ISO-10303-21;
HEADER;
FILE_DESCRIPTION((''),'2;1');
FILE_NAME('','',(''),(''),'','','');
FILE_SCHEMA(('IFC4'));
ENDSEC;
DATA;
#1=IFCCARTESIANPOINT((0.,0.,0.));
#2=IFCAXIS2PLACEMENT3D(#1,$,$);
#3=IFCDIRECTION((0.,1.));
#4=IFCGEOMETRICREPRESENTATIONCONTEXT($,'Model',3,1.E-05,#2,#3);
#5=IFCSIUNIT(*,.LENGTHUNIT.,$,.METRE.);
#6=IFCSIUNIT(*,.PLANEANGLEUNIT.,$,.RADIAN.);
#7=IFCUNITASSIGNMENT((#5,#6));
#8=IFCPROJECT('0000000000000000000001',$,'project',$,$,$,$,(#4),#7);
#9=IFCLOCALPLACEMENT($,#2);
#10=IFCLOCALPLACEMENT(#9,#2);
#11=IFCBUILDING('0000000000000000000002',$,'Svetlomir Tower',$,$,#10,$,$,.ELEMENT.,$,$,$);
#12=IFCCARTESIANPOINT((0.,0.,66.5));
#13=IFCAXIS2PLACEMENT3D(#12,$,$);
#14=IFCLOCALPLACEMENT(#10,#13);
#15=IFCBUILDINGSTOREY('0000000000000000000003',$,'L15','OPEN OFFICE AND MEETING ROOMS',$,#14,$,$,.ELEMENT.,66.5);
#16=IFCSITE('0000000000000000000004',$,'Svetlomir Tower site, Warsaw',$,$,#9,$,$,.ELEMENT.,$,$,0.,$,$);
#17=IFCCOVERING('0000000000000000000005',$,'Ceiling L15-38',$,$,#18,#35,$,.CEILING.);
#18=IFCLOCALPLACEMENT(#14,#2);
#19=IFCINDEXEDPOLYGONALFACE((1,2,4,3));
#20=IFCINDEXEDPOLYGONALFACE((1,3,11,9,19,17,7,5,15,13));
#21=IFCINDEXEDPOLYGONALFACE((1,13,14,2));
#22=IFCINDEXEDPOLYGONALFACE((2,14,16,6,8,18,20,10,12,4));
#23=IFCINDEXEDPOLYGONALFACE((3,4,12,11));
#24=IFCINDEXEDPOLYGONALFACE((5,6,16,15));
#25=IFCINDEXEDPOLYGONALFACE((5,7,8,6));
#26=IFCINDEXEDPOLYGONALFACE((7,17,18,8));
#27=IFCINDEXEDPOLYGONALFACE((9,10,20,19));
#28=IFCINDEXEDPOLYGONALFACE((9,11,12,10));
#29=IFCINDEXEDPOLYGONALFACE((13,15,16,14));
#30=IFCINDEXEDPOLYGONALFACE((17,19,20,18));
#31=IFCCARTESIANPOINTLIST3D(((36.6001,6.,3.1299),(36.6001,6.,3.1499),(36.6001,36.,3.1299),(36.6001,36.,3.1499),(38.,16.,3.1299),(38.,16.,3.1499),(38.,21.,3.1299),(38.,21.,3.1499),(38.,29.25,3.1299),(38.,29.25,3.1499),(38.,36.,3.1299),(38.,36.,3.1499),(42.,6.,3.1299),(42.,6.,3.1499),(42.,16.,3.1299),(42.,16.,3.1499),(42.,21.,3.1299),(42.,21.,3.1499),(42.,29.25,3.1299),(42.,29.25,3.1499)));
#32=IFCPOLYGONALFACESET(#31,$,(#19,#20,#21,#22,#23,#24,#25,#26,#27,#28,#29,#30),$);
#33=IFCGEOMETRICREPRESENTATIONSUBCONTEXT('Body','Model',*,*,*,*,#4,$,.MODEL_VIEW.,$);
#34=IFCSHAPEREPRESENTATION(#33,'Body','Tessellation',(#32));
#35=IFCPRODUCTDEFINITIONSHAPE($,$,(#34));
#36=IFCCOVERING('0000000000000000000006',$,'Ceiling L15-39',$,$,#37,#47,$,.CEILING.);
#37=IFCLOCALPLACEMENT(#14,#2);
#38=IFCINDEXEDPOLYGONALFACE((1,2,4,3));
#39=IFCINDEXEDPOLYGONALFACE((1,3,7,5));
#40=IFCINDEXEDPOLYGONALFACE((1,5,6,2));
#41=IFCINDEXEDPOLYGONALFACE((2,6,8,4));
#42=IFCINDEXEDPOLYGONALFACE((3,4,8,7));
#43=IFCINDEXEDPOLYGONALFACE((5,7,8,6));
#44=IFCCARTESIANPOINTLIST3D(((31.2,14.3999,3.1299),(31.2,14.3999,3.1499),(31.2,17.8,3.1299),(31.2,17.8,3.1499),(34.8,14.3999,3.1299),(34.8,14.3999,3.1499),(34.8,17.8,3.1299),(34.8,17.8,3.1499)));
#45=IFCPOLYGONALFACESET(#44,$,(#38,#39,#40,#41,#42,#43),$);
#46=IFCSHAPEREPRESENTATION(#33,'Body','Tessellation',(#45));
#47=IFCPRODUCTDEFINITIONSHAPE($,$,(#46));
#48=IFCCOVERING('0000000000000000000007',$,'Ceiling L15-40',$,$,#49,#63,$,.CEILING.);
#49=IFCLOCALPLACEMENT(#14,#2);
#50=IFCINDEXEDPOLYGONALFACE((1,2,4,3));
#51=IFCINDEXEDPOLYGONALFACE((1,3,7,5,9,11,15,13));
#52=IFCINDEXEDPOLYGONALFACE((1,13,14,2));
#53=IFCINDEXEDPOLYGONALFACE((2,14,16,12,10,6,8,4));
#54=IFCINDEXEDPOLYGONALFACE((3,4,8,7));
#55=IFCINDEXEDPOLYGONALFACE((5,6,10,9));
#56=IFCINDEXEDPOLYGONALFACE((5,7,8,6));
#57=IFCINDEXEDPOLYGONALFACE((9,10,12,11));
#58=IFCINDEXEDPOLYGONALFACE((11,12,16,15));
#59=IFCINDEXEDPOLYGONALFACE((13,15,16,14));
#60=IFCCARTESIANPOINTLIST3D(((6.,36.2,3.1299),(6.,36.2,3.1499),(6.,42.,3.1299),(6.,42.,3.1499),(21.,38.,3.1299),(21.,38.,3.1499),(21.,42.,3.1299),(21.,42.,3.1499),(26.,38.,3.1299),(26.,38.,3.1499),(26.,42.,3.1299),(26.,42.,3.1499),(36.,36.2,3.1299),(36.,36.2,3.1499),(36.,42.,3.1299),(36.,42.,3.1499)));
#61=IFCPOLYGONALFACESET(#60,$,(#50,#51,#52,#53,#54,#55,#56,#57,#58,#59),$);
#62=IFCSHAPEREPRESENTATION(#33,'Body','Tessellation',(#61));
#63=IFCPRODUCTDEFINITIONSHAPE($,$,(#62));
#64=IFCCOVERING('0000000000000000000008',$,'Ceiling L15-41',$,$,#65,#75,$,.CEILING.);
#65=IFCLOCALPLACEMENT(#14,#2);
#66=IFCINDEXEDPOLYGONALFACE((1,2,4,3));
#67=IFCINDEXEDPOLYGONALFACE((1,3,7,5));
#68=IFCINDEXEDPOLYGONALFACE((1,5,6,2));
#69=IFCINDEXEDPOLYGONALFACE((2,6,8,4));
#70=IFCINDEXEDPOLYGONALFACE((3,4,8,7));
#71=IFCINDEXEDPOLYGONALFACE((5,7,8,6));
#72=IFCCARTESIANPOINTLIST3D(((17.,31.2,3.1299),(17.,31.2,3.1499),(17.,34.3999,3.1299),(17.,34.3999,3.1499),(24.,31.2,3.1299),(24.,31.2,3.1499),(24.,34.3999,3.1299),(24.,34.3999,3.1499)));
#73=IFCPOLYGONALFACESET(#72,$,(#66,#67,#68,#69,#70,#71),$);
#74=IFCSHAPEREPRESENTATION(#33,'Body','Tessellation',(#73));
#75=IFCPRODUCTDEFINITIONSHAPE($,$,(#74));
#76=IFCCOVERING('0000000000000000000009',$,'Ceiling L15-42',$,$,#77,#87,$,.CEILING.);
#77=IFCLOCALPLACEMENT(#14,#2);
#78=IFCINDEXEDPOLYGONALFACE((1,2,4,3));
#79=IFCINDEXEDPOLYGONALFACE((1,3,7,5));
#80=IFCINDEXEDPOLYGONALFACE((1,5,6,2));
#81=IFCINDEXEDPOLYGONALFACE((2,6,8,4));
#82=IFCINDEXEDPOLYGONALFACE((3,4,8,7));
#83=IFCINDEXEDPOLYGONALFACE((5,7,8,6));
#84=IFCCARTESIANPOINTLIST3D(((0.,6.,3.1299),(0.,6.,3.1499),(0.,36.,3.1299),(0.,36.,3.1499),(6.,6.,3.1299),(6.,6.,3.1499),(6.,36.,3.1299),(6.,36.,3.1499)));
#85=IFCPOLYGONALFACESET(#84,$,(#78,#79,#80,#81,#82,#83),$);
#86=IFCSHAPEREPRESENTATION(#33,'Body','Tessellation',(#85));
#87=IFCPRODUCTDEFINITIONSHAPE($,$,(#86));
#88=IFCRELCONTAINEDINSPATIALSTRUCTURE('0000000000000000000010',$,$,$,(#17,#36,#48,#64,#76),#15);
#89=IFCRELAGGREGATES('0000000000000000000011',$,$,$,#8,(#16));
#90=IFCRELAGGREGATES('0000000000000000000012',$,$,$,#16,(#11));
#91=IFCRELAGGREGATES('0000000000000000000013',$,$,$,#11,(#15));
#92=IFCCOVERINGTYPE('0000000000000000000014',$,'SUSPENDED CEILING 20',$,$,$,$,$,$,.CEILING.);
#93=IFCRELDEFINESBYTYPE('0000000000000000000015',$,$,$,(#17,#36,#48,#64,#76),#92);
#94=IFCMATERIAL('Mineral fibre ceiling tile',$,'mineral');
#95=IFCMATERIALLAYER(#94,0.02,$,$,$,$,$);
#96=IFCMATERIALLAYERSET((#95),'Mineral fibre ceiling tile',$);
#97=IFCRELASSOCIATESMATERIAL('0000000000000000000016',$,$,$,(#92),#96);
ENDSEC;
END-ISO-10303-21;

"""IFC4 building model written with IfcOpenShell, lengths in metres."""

from ifc_helpers import new_model, si_unit, direction, frame, origin, place, context, subcontext, project, spatial, polyline, outline, extrude, material, layer, layer_set, type_object, element, save


model = new_model("IFC4")

# Units and contexts
model_context = context("Model", 3, precision=1e-05, world=origin(), true_north=direction((0.0, 1.0)))
body_context = subcontext(model_context, "Body", "Model", "MODEL_VIEW")
ifc_project = project(units=[si_unit("LENGTHUNIT", "METRE"), si_unit("PLANEANGLEUNIT", "RADIAN")], contexts=[model_context])

# Site, building, storey
site_placement = place(None, origin())
site = spatial("IfcSite", under=ifc_project, at=site_placement, Name="Svetlomir Tower site, Warsaw", CompositionType="ELEMENT", RefElevation=0.0)
building_placement = place(site_placement, origin())
building = spatial("IfcBuilding", under=site, at=building_placement, Name="Svetlomir Tower", CompositionType="ELEMENT")
storey_placement = place(building_placement, frame((0.0, 0.0, 66.5)))
storey = spatial("IfcBuildingStorey", under=building, at=storey_placement, Name="L15", Description="OPEN OFFICE AND MEETING ROOMS", CompositionType="ELEMENT", Elevation=66.5)

# Coverings
ifc_material_1 = material(Name="Mineral fibre ceiling tile", Category="mineral")
ifc_layer_1 = layer(ifc_material_1, 0.02)
ifc_layer_set_1 = layer_set([ifc_layer_1], Name="Mineral fibre ceiling tile")
covering_type_1 = type_object("IfcCoveringType", Name="SUSPENDED CEILING 20", PredefinedType="CEILING", material=ifc_layer_set_1)
covering_1_placement = place(storey_placement, frame((0.0, 0.0, 3.1299)))
element("IfcCovering", 1, at=covering_1_placement, inside=storey, type_object=covering_type_1, Name="Ceiling L15-38", PredefinedType="CEILING", context=body_context, shape_type="SweptSolid", body=[
    extrude(outline(polyline([(38.0, 29.25), (42.0, 29.25), (42.0, 21.0), (38.0, 21.0), (38.0, 16.0), (42.0, 16.0), (42.0, 6.0), (36.6001, 6.0), (36.6001, 36.0), (38.0, 36.0), (38.0, 29.25)])), origin(), (0.0, 0.0, 1.0), 0.02),
])
covering_2_placement = place(storey_placement, frame((0.0, 0.0, 3.1299)))
element("IfcCovering", 2, at=covering_2_placement, inside=storey, type_object=covering_type_1, Name="Ceiling L15-39", PredefinedType="CEILING", context=body_context, shape_type="SweptSolid", body=[
    extrude(outline(polyline([(31.2, 14.3999), (31.2, 17.8), (34.8, 17.8), (34.8, 14.3999), (31.2, 14.3999)])), origin(), (0.0, 0.0, 1.0), 0.02),
])
covering_3_placement = place(storey_placement, frame((0.0, 0.0, 3.1299)))
element("IfcCovering", 3, at=covering_3_placement, inside=storey, type_object=covering_type_1, Name="Ceiling L15-40", PredefinedType="CEILING", context=body_context, shape_type="SweptSolid", body=[
    extrude(outline(polyline([(21.0, 42.0), (21.0, 38.0), (26.0, 38.0), (26.0, 42.0), (36.0, 42.0), (36.0, 36.2), (6.0, 36.2), (6.0, 42.0), (21.0, 42.0)])), origin(), (0.0, 0.0, 1.0), 0.02),
])
covering_4_placement = place(storey_placement, frame((0.0, 0.0, 3.1299)))
element("IfcCovering", 4, at=covering_4_placement, inside=storey, type_object=covering_type_1, Name="Ceiling L15-41", PredefinedType="CEILING", context=body_context, shape_type="SweptSolid", body=[
    extrude(outline(polyline([(17.0, 31.2), (17.0, 34.3999), (24.0, 34.3999), (24.0, 31.2), (17.0, 31.2)])), origin(), (0.0, 0.0, 1.0), 0.02),
])
covering_5_placement = place(storey_placement, frame((0.0, 0.0, 3.1299)))
element("IfcCovering", 5, at=covering_5_placement, inside=storey, type_object=covering_type_1, Name="Ceiling L15-42", PredefinedType="CEILING", context=body_context, shape_type="SweptSolid", body=[
    extrude(outline(polyline([(0.0, 36.0), (6.0, 36.0), (6.0, 6.0), (0.0, 6.0), (0.0, 36.0)])), origin(), (0.0, 0.0, 1.0), 0.02),
])

save(model, "model.ifc")
